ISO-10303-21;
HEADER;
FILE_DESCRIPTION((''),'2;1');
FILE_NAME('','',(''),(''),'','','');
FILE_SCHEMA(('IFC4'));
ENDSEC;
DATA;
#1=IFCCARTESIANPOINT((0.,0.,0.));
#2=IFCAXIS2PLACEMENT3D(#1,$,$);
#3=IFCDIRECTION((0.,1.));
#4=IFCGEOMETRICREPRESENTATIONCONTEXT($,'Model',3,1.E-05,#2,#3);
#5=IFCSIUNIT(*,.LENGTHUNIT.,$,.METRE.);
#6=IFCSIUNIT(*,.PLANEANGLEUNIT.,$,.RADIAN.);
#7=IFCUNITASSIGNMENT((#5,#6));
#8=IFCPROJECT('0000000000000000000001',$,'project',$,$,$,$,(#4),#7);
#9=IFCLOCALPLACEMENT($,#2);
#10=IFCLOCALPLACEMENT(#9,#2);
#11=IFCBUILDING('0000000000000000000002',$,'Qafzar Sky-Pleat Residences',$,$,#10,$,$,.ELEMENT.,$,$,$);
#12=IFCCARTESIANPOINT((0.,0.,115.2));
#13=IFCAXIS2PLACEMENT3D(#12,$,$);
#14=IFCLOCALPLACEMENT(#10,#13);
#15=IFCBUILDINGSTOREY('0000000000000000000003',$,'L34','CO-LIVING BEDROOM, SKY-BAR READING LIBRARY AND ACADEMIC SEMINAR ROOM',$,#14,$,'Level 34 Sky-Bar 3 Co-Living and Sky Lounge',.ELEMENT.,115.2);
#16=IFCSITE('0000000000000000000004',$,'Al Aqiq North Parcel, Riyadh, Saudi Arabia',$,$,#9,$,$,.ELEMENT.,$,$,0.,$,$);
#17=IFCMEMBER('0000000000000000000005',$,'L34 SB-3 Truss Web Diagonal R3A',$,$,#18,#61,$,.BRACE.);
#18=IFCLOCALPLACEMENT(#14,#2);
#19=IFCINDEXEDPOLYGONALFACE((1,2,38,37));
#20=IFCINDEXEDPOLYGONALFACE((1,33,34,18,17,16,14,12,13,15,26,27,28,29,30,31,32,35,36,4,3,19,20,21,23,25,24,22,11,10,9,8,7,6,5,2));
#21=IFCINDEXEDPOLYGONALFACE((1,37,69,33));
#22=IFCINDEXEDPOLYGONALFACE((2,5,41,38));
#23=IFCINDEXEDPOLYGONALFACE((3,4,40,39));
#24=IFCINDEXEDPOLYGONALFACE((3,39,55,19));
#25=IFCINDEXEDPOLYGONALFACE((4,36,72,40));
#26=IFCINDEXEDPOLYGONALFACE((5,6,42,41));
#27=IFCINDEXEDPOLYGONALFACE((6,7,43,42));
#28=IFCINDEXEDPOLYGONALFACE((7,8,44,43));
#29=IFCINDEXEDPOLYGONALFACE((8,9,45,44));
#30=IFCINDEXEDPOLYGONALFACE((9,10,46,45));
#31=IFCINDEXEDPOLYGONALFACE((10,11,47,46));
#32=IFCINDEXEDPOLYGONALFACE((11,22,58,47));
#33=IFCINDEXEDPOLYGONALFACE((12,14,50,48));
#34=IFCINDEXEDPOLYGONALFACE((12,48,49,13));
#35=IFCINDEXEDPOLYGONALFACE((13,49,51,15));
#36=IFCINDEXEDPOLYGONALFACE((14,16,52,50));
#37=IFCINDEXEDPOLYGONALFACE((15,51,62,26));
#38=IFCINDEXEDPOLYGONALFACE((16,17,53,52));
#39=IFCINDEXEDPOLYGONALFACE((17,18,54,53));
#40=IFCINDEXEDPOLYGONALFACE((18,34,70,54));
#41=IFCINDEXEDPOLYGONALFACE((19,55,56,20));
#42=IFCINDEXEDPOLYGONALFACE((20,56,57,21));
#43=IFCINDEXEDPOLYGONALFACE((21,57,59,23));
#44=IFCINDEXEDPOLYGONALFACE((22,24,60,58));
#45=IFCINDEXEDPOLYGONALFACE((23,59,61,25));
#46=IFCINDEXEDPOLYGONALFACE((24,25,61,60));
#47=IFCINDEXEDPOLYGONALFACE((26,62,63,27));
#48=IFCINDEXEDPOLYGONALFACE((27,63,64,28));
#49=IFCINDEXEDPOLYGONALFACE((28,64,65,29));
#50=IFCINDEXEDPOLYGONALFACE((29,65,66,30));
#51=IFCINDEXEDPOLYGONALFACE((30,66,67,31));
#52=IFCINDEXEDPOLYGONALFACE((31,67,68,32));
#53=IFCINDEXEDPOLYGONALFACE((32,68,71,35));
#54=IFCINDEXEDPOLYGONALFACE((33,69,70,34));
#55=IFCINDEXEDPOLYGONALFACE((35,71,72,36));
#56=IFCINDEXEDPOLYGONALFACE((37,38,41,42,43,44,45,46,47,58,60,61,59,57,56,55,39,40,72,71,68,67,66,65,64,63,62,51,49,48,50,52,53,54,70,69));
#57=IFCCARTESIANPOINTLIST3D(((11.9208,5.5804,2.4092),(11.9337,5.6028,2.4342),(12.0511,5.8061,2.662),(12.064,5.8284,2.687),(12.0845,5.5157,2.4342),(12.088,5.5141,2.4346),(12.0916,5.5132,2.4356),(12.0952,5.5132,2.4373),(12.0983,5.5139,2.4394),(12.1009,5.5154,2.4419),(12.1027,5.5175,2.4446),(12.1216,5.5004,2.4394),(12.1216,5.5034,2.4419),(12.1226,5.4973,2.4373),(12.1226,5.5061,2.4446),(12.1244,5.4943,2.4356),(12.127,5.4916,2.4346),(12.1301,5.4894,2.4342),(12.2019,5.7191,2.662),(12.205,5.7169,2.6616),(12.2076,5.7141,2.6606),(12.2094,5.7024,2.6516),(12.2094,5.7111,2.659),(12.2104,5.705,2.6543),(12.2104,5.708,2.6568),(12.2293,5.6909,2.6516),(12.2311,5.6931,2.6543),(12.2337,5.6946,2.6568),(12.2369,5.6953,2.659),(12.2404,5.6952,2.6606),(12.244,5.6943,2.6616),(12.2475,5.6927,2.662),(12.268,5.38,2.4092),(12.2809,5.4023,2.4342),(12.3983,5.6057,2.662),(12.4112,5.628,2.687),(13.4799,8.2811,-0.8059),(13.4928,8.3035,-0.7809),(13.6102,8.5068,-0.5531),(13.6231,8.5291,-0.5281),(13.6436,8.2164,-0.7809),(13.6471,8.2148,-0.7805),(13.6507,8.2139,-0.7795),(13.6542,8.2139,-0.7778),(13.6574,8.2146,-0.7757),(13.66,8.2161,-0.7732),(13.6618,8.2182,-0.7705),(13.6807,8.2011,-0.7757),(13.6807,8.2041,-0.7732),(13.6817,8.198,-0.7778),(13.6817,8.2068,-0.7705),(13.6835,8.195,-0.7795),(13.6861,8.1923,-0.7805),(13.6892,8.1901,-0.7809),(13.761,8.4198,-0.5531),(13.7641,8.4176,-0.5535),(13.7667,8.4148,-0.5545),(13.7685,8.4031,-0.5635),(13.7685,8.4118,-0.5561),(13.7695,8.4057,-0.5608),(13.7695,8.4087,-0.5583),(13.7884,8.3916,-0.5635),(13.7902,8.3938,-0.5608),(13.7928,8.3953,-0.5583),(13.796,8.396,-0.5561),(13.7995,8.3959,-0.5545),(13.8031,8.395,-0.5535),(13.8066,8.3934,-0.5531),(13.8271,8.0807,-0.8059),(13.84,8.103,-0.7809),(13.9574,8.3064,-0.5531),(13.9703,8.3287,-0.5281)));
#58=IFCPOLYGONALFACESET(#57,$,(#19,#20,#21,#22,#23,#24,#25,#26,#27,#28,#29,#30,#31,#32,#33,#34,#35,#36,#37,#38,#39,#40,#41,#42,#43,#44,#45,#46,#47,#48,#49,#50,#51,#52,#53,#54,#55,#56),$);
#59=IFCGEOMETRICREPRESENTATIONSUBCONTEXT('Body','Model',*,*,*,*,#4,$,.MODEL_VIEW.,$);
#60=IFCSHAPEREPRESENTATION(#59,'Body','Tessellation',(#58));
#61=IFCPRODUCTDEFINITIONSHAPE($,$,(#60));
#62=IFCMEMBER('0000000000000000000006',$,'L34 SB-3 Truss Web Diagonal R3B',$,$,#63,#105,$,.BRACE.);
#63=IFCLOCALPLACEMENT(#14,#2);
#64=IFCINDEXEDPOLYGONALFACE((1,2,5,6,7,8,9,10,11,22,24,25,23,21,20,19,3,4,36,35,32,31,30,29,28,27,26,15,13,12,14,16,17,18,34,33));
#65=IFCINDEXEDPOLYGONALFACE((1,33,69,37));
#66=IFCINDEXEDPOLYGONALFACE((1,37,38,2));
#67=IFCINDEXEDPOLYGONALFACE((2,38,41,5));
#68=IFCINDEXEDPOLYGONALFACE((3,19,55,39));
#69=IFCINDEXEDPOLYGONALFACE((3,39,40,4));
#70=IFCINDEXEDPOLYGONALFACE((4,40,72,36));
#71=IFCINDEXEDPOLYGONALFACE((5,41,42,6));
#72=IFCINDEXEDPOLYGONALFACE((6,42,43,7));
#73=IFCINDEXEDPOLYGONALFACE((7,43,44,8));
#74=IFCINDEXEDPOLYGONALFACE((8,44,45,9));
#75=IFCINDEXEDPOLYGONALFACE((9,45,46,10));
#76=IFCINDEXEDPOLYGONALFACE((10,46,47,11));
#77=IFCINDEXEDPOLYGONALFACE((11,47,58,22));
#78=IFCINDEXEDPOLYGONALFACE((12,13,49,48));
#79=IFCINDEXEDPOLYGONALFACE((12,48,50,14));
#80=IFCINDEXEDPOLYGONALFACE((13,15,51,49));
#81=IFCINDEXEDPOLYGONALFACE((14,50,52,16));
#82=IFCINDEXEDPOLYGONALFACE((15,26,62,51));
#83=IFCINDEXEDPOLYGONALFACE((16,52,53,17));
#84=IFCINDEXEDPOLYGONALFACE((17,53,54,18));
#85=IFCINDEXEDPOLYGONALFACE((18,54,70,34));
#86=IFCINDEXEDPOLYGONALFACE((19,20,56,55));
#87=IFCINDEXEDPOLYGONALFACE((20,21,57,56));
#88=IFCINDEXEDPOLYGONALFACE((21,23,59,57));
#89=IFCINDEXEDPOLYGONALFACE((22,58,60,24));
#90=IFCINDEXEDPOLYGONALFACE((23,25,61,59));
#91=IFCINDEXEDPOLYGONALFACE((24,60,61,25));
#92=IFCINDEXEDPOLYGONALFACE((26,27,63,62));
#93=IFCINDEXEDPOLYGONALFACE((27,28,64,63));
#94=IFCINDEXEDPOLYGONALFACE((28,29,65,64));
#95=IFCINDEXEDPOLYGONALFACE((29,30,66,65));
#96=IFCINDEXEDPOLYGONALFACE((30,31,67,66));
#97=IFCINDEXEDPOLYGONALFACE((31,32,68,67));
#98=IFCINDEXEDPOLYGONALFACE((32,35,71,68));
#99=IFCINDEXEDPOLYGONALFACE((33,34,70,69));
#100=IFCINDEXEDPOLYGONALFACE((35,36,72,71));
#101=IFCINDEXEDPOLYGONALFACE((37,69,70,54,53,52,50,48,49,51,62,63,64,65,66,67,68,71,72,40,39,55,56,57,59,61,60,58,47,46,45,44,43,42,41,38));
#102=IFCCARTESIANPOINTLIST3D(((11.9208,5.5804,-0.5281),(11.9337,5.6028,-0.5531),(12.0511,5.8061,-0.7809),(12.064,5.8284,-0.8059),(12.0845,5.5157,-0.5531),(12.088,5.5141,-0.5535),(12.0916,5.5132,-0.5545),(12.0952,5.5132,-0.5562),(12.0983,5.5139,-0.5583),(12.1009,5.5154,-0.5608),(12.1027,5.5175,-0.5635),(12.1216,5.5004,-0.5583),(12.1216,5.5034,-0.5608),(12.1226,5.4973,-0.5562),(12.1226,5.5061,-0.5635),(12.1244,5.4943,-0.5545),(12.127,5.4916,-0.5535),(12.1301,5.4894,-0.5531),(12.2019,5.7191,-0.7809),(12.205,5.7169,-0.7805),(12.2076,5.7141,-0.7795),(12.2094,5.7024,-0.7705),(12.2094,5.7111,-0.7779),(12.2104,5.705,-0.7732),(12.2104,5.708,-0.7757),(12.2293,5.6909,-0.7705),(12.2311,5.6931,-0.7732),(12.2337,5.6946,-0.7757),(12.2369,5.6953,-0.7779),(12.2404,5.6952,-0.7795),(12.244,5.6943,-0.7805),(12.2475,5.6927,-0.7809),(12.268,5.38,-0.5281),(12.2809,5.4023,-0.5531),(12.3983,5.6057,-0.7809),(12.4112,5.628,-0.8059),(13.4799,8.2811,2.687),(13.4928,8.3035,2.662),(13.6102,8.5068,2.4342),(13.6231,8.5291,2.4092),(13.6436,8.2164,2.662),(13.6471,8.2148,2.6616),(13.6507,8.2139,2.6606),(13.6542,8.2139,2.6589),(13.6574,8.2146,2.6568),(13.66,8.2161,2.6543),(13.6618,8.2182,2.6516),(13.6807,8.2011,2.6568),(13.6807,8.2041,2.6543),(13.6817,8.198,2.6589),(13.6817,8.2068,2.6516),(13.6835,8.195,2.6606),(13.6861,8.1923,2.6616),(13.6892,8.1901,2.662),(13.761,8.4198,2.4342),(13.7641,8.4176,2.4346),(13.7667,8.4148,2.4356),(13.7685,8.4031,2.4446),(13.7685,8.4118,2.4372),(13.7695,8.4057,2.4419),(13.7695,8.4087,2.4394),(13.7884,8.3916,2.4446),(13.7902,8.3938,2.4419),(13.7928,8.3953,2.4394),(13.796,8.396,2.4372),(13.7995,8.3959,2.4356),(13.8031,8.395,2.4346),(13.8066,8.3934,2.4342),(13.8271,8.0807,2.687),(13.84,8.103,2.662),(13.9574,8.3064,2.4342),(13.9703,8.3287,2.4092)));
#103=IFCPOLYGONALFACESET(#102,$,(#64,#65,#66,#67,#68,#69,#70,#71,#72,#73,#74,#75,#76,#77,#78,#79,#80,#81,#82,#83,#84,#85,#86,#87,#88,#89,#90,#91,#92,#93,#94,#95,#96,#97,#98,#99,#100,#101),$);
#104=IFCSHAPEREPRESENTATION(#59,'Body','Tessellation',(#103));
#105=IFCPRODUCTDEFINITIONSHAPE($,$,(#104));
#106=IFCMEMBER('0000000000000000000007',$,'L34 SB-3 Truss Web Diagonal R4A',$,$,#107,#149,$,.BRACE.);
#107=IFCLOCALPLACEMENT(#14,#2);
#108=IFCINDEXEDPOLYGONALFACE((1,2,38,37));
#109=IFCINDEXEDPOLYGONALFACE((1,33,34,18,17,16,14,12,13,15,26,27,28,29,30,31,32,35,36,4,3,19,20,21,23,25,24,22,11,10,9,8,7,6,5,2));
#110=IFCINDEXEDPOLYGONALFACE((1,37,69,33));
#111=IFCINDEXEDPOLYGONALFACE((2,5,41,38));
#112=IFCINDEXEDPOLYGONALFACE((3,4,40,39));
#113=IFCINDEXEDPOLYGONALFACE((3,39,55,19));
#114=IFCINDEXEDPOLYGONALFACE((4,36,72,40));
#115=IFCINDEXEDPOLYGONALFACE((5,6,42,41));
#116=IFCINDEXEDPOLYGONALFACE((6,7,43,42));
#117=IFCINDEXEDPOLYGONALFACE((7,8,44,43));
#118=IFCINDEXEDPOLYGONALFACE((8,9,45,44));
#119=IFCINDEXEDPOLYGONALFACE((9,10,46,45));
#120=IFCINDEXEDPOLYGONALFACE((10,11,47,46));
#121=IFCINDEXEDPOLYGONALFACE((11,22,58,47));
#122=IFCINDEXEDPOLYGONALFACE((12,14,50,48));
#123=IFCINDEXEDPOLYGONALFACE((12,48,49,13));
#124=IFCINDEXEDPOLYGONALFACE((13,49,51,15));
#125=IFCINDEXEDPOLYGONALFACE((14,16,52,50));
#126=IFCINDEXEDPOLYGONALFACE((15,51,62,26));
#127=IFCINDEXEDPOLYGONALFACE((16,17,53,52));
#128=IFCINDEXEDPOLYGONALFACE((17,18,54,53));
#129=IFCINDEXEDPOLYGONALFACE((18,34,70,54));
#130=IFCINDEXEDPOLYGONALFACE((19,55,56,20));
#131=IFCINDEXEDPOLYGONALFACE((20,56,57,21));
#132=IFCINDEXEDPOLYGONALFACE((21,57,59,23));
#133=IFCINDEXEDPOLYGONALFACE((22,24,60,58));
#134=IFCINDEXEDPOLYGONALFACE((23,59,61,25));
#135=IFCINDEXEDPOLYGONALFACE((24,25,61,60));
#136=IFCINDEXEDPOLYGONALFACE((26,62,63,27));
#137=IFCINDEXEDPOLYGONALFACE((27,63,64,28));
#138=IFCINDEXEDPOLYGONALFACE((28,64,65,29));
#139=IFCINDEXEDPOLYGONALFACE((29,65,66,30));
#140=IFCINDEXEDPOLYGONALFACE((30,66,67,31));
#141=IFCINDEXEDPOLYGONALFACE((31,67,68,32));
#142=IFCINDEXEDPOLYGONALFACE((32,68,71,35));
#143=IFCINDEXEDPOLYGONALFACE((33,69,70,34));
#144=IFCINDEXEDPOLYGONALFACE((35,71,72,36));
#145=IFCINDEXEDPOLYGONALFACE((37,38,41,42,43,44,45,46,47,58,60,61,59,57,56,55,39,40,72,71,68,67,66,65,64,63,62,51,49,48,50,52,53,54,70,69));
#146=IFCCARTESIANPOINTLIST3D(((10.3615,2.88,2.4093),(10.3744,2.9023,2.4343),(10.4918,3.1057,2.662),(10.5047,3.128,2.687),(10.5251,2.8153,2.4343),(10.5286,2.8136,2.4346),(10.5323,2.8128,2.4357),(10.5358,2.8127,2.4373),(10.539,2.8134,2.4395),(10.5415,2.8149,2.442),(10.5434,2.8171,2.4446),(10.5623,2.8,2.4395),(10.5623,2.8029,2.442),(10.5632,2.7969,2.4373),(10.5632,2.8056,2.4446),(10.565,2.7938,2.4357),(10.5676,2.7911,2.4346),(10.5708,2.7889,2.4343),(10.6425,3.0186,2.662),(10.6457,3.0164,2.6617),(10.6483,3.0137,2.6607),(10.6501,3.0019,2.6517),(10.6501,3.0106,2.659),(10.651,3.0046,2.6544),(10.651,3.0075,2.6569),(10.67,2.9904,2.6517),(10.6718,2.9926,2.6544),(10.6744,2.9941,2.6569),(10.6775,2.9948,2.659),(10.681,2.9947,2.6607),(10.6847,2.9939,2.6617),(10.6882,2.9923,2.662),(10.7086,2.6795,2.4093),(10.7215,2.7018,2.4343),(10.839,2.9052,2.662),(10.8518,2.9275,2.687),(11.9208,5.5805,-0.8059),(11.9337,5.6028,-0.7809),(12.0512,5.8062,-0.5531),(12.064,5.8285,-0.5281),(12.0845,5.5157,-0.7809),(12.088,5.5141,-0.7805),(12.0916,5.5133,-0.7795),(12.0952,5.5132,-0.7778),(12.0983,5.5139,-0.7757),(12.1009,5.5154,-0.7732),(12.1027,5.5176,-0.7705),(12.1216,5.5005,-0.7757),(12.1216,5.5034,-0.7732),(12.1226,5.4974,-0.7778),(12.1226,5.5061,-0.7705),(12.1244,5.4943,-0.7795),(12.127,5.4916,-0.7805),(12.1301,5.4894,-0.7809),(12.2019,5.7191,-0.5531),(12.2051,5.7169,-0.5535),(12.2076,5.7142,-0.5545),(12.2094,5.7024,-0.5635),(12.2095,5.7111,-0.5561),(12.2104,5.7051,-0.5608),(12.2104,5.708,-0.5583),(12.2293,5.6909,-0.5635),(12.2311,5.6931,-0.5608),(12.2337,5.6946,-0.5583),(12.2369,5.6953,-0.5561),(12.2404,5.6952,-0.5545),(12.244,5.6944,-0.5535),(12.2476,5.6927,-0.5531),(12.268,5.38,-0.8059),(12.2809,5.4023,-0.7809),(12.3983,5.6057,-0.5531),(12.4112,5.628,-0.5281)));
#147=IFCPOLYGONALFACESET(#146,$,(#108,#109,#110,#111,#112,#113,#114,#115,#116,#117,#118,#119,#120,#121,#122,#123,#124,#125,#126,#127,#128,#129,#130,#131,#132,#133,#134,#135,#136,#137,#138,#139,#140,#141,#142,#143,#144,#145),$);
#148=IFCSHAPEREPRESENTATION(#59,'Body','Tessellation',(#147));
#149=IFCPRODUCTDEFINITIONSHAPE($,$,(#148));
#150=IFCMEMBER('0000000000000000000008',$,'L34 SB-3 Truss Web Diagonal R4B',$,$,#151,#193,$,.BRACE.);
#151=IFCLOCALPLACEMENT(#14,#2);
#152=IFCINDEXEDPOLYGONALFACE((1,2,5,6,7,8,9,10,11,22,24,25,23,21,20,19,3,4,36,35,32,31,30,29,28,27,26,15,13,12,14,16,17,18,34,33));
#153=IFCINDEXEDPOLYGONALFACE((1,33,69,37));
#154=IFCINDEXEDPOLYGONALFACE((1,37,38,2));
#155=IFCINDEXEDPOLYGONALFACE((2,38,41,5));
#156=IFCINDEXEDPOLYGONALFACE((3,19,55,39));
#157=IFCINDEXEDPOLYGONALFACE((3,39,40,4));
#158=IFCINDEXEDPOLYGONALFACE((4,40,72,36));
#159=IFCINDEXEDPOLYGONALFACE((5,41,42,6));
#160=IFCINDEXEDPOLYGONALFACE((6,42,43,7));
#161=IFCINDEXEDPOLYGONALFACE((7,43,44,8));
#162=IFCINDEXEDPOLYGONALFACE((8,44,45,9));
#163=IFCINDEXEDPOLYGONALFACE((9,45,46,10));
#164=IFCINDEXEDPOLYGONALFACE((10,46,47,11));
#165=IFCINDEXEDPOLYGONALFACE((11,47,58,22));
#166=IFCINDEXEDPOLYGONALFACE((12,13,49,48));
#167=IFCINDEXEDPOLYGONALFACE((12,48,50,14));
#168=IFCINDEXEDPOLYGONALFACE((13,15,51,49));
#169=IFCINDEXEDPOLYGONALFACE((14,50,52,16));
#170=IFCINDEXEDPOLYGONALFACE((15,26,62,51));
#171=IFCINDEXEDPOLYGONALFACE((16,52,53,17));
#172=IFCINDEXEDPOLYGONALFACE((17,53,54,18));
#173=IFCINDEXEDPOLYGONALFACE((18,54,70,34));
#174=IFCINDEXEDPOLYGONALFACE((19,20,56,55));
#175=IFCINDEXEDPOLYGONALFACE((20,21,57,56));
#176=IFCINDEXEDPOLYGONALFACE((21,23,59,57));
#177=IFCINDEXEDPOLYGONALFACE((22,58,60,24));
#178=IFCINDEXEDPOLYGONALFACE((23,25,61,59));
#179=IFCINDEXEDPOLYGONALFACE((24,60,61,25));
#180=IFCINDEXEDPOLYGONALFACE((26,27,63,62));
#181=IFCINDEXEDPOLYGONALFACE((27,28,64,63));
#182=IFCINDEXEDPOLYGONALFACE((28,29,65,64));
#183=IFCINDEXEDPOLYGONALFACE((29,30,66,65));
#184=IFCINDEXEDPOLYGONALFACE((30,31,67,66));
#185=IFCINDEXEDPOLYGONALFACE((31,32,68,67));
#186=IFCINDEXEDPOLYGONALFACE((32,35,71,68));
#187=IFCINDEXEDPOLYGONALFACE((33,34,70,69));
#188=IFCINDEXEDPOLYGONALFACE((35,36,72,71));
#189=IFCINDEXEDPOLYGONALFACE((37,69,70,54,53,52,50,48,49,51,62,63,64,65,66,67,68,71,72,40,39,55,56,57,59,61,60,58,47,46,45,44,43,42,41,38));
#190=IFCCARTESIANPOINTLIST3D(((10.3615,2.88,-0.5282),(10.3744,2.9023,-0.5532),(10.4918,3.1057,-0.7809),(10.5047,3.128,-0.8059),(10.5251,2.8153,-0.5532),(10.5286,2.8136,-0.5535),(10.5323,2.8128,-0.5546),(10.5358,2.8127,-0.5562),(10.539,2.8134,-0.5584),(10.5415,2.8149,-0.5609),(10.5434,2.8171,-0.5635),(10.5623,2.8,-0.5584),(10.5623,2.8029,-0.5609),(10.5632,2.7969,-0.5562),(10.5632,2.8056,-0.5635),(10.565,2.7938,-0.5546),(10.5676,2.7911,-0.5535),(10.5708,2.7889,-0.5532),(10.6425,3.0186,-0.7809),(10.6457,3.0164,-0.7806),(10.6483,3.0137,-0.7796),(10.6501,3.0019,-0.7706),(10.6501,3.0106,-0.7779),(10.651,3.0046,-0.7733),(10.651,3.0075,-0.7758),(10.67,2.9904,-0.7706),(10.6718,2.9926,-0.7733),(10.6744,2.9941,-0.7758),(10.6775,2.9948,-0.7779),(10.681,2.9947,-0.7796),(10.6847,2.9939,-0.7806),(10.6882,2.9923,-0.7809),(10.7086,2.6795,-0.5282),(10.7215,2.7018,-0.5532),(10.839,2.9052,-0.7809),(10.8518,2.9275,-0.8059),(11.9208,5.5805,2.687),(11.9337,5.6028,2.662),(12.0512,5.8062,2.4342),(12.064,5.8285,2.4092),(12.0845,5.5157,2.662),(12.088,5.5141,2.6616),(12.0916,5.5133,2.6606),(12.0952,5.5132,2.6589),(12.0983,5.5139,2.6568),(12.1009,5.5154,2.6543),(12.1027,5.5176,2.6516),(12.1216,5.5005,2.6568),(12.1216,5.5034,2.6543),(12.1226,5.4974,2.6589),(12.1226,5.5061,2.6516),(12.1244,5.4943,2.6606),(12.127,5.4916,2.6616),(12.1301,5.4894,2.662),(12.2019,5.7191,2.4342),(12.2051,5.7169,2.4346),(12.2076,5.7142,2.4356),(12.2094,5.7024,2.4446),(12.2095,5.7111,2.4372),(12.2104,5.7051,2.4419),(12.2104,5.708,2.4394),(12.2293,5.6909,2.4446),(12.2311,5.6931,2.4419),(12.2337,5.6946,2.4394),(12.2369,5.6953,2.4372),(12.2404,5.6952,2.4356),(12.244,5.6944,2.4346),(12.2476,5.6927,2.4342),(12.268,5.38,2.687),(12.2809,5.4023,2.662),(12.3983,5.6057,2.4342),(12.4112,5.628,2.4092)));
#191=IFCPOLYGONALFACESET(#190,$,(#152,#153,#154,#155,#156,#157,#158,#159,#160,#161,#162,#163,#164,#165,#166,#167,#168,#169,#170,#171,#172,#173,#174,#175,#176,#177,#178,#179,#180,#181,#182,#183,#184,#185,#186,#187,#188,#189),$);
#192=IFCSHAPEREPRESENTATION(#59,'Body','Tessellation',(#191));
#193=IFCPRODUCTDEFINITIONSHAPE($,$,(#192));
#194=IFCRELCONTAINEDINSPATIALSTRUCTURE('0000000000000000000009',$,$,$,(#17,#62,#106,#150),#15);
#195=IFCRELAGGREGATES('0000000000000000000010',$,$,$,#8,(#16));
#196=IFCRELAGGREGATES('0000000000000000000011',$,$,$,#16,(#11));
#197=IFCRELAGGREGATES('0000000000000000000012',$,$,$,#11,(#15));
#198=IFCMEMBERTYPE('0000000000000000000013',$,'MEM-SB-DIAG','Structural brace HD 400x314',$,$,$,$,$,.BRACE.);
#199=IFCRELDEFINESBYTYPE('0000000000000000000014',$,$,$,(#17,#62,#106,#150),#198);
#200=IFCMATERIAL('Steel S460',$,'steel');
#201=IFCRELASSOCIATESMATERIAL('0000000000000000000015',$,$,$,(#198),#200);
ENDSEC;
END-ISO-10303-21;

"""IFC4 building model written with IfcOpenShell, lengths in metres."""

from ifc_helpers import new_model, si_unit, direction, frame, origin, origin_2d, place, context, subcontext, project, spatial, i_section, extrude, source, transform, mapped, material, material_profile, profile_set, type_object, element, save


model = new_model("IFC4")

# Units and contexts
model_context = context("Model", 3, precision=1e-05, world=origin(), true_north=direction((0.0, 1.0)))
body_context = subcontext(model_context, "Body", "Model", "MODEL_VIEW")
ifc_project = project(units=[si_unit("LENGTHUNIT", "METRE"), si_unit("PLANEANGLEUNIT", "RADIAN")], contexts=[model_context])

# Site, building, storey
site_placement = place(None, origin())
site = spatial("IfcSite", under=ifc_project, at=site_placement, Name="Al Aqiq North Parcel, Riyadh, Saudi Arabia", CompositionType="ELEMENT", RefElevation=0.0)
building_placement = place(site_placement, origin())
building = spatial("IfcBuilding", under=site, at=building_placement, Name="Qafzar Sky-Pleat Residences", CompositionType="ELEMENT")
storey_placement = place(building_placement, frame((0.0, 0.0, 115.2)))
storey = spatial("IfcBuildingStorey", under=building, at=storey_placement, Name="L34", Description="CO-LIVING BEDROOM, SKY-BAR READING LIBRARY AND ACADEMIC SEMINAR ROOM", LongName="Level 34 Sky-Bar 3 Co-Living and Sky Lounge", CompositionType="ELEMENT", Elevation=115.2)

# Shared definitions
ifc_material_1 = material(Name="Steel S460", Category="steel")

# Members
ifc_material_profile_1 = material_profile(ifc_material_1, i_section(OverallWidth=0.4009, OverallDepth=0.3989, WebThickness=0.0229, FlangeThickness=0.0359, FilletRadius=0.0149, at=origin_2d()), Name="HD 400x314")
ifc_profile_set_1 = profile_set([ifc_material_profile_1], Name="Steel S460")
member_type = type_object("IfcMemberType", Name="MEM-SB-DIAG", Description="Structural brace HD 400x314", PredefinedType="BRACE", material=ifc_profile_set_1)
shared_shape_1 = source(origin(), body_context, "Body", "SweptSolid", [
    extrude(i_section(OverallWidth=0.4009, OverallDepth=0.3989, WebThickness=0.0229, FlangeThickness=0.0359, FilletRadius=0.0149, at=origin_2d()), origin(), (0.0, 0.0, 1.0), 4.479),
])
for number, where, z_axis, x_axis, name in (
    (1, (13.7251, 8.3049, -0.667), (-0.348089, -0.602969, 0.717818), (0.866047, -0.499962, 0.0), "L34 SB-3 Truss Web Diagonal R3A"),
    (2, (13.7251, 8.3049, 2.5481), (-0.348089, -0.602969, -0.717818), (0.866047, -0.499962, 0.0), "L34 SB-3 Truss Web Diagonal R3B"),
    (3, (12.166, 5.6042, -0.667), (-0.348148, -0.602923, 0.717828), (0.865994, -0.500055, 0.0), "L34 SB-3 Truss Web Diagonal R4A"),
    (4, (12.166, 5.6042, 2.5481), (-0.348148, -0.602923, -0.717828), (0.865994, -0.500055, 0.0), "L34 SB-3 Truss Web Diagonal R4B"),
):
    element("IfcMember", number, at=place(storey_placement, frame(where, z_axis=z_axis, x_axis=x_axis)), inside=storey, type_object=member_type, Name=name, PredefinedType="BRACE", context=body_context, shape_type="MappedRepresentation", body=[
        mapped(shared_shape_1, transform((0.0, 0.0, 0.0), x_axis=(1.0, 0.0, 0.0), y_axis=(0.0, 1.0, 0.0), z_axis=(0.0, 0.0, 1.0), scale=1.0)),
    ])

save(model, "model.ifc")
